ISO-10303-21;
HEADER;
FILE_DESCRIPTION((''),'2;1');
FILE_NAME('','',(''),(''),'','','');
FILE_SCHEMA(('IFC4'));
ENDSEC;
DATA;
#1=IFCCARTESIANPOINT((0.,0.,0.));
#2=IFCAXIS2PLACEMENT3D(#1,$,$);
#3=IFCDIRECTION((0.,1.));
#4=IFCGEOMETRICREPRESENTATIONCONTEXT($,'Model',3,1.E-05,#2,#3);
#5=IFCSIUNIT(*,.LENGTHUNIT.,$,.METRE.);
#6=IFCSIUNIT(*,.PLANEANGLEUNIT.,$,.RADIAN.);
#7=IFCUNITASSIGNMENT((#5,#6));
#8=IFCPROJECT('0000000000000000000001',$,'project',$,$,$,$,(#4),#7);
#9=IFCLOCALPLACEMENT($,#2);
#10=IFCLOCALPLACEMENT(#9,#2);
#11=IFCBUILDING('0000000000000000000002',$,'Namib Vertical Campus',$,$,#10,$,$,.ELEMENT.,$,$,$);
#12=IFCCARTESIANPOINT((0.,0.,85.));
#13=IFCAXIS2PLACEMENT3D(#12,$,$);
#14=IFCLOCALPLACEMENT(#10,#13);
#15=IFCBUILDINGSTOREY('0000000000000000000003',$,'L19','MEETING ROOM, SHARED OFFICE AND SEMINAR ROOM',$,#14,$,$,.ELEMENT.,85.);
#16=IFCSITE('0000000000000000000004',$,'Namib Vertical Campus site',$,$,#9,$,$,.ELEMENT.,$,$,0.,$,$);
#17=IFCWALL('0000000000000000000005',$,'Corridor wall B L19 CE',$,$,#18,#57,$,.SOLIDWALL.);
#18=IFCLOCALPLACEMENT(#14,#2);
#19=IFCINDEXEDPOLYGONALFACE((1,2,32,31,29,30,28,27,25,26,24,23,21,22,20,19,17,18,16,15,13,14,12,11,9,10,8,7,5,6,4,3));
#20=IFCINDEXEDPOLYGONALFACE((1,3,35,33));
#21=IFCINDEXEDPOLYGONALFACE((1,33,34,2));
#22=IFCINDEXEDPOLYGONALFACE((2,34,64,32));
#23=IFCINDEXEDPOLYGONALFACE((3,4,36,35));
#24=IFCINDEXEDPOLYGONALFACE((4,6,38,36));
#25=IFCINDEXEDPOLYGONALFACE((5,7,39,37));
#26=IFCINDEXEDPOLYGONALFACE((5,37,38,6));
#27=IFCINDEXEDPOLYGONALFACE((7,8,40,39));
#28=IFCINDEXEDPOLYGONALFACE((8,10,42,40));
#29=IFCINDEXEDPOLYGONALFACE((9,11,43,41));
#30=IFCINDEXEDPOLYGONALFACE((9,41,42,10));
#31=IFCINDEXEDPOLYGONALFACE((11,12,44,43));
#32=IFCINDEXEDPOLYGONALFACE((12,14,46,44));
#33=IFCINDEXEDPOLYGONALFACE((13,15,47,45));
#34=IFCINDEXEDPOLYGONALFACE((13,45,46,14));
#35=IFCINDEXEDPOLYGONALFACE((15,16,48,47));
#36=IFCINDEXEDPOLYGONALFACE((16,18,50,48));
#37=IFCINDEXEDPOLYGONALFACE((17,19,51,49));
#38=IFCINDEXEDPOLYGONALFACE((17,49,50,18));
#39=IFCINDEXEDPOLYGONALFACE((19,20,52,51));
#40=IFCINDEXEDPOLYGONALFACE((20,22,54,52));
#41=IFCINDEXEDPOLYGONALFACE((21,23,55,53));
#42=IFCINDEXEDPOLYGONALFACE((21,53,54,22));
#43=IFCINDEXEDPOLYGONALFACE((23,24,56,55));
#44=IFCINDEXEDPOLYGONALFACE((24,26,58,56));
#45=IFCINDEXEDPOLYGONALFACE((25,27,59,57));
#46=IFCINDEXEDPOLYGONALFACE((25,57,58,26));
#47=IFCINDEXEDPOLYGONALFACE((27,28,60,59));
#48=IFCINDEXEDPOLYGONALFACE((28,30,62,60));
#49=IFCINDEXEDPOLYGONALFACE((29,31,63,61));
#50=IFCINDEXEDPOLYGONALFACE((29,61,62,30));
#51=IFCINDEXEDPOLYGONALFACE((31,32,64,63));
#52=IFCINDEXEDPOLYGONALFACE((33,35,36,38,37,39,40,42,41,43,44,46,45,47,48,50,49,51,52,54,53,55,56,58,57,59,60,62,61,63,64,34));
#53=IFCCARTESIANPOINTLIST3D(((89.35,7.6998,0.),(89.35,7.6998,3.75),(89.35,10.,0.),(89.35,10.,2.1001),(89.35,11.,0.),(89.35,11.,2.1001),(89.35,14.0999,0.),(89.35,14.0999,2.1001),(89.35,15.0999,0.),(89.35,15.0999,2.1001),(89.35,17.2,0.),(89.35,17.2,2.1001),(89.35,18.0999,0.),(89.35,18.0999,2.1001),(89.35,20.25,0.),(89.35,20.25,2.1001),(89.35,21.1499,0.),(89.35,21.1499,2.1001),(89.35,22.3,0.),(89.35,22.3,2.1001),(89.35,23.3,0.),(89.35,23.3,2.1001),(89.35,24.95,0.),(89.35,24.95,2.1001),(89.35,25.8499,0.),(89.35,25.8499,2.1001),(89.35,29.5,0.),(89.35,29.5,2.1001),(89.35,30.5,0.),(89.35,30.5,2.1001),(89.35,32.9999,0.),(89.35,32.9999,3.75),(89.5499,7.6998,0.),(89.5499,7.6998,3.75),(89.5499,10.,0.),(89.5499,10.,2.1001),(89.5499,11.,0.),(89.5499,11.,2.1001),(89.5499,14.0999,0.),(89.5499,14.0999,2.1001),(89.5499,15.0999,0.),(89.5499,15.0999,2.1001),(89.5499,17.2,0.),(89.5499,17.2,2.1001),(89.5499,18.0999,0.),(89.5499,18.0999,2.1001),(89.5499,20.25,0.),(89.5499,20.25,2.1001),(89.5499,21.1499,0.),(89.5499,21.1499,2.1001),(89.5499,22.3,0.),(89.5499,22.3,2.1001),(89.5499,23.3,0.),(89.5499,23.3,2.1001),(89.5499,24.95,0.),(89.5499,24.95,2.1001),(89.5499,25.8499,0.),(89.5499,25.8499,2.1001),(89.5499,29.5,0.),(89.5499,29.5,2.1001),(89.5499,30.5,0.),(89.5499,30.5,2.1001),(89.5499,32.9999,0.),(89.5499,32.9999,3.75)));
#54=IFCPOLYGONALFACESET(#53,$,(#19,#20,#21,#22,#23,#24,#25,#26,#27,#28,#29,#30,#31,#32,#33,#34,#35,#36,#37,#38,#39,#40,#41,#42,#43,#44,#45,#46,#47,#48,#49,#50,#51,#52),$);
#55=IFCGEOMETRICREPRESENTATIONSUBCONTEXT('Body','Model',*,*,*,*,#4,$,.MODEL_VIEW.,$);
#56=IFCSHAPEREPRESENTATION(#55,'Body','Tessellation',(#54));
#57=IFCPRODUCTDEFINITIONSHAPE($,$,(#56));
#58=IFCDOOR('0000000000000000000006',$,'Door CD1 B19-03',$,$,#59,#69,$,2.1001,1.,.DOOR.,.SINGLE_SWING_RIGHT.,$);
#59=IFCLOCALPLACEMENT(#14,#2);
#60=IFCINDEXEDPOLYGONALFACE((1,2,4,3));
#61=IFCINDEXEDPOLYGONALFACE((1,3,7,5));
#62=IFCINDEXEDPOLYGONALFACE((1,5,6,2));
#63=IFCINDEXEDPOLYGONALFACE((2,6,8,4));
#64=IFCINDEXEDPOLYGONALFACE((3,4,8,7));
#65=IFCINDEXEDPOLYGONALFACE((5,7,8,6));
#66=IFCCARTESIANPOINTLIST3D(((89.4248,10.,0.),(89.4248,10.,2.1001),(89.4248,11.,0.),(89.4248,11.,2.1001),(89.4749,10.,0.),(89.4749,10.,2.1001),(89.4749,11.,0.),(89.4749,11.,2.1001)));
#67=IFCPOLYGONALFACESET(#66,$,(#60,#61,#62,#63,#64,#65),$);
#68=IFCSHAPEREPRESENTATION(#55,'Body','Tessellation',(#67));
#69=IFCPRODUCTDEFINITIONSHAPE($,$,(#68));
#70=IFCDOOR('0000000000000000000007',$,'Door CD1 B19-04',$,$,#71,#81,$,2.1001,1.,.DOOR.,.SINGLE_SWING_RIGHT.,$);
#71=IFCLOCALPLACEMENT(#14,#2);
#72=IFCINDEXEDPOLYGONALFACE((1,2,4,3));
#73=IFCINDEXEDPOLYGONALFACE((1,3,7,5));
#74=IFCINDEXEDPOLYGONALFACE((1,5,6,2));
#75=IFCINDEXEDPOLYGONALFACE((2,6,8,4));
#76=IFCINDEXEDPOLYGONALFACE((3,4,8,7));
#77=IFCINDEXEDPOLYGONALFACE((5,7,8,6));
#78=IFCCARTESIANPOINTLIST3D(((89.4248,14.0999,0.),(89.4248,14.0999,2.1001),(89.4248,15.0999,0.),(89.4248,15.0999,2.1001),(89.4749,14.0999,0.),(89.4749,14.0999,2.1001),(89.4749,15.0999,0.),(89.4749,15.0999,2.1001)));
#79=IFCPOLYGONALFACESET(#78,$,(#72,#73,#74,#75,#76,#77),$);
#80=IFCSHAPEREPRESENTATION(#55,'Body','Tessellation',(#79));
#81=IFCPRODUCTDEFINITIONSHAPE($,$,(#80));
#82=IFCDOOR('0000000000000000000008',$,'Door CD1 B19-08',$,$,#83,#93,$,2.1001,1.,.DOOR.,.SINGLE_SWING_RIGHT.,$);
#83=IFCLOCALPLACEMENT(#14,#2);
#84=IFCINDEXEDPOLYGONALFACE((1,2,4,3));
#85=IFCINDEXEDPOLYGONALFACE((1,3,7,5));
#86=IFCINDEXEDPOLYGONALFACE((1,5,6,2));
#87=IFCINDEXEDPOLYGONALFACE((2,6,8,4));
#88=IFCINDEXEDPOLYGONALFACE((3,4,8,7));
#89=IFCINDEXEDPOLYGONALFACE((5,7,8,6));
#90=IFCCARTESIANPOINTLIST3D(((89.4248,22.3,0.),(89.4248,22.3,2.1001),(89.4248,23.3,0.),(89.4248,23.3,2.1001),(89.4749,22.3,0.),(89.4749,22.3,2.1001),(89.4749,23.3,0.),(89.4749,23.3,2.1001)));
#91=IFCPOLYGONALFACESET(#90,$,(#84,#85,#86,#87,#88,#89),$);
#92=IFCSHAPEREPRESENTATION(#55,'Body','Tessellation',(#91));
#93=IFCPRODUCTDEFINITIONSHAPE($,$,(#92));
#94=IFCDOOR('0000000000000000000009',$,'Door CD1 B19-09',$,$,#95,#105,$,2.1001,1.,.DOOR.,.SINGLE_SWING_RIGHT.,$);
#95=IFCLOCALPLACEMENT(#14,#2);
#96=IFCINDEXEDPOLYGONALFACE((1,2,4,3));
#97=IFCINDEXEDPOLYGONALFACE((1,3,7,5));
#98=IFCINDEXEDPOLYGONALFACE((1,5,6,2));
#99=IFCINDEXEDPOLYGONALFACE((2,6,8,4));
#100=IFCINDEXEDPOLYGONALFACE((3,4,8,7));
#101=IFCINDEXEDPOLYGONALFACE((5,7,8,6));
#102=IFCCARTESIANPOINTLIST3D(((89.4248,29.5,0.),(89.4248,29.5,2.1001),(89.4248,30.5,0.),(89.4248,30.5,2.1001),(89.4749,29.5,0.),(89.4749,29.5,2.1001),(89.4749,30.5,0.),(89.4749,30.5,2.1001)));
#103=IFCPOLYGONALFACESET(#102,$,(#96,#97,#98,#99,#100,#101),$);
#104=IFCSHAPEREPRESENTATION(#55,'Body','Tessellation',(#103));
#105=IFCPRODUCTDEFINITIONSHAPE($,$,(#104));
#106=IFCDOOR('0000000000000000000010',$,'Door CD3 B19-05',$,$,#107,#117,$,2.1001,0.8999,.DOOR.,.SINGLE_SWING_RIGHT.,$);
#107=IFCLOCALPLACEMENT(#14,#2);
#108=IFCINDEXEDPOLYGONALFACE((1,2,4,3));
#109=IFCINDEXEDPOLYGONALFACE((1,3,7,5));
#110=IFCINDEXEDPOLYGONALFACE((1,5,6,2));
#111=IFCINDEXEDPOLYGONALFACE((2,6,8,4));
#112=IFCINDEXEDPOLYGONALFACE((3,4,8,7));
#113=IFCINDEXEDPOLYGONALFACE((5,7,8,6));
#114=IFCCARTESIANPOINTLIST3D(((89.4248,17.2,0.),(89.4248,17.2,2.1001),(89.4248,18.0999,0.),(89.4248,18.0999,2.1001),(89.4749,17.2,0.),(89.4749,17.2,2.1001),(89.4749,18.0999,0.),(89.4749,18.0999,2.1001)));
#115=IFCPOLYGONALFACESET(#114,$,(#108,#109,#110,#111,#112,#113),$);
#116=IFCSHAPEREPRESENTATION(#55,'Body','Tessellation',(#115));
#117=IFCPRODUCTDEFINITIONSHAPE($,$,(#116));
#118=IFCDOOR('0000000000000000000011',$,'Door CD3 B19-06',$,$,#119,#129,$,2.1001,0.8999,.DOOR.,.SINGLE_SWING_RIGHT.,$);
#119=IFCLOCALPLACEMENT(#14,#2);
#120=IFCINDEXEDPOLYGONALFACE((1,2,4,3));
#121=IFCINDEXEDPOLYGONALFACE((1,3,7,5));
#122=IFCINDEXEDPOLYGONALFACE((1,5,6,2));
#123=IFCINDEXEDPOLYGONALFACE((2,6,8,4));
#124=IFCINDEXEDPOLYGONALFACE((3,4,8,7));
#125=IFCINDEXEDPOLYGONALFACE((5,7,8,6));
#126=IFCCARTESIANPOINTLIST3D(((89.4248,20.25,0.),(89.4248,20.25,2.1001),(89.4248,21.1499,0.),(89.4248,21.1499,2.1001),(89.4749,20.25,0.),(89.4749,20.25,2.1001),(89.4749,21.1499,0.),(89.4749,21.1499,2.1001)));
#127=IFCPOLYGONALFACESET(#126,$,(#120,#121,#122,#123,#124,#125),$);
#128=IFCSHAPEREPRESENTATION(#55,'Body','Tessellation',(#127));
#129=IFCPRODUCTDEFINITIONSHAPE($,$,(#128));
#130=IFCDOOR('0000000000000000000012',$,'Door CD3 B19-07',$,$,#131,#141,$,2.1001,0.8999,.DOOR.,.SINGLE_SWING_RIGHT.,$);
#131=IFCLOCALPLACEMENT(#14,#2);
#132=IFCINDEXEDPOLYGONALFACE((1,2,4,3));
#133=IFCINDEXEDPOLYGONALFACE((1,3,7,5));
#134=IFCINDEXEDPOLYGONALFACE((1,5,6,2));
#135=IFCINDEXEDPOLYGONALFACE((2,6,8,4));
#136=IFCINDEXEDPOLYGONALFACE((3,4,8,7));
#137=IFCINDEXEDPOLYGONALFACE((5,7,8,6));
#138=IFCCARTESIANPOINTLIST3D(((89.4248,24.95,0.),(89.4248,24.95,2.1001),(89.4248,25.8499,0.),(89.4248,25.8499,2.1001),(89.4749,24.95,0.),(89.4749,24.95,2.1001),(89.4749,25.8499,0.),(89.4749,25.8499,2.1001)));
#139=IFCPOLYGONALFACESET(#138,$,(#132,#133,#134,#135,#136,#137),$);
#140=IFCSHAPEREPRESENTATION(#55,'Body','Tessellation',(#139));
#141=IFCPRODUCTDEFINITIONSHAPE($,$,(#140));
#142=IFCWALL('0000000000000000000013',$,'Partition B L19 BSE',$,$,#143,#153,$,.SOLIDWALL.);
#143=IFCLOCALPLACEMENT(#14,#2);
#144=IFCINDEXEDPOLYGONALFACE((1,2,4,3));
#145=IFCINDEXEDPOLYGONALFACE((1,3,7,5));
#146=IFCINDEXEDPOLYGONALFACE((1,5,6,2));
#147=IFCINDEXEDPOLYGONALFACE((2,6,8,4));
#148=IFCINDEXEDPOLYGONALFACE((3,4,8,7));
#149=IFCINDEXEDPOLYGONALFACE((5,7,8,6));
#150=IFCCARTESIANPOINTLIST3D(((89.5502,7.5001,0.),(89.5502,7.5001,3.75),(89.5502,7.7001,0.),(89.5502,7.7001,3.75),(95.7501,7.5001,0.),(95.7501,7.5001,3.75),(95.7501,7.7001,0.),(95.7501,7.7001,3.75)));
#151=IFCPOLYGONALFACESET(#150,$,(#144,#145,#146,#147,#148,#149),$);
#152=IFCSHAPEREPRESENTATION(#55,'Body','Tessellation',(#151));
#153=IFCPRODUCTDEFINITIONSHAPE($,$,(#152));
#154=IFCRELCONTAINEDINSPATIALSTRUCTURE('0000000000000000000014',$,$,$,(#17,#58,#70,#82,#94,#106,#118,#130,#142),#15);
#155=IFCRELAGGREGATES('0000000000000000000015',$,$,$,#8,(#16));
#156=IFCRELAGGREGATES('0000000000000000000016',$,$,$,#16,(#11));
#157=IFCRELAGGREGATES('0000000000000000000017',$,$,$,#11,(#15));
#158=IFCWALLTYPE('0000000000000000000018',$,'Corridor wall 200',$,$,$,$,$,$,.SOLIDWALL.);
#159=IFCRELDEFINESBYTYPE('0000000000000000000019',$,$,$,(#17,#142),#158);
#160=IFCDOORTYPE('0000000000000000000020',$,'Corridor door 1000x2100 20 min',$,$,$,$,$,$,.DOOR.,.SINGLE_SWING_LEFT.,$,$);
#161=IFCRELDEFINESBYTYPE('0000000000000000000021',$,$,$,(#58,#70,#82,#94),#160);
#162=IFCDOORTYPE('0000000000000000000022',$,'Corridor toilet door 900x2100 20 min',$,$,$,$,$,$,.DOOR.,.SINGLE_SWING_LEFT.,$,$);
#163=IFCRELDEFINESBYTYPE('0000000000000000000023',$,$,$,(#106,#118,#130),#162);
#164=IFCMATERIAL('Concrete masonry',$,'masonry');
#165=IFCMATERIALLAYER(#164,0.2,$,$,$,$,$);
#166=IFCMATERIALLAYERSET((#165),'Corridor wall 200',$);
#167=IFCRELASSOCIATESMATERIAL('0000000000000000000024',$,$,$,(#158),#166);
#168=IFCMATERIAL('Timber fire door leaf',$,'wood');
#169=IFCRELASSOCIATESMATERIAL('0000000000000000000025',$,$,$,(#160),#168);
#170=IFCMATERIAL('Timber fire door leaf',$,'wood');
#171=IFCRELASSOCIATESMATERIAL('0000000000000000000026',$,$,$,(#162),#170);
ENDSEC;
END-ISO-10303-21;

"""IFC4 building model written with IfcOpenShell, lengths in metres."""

from ifc_helpers import new_model, si_unit, direction, frame, frame_2d, origin, place, context, subcontext, project, spatial, rectangle, extrude, material, layer, layer_set, type_object, element, fill, save


model = new_model("IFC4")

# Units and contexts
model_context = context("Model", 3, precision=1e-05, world=origin(), true_north=direction((0.0, 1.0)))
body_context = subcontext(model_context, "Body", "Model", "MODEL_VIEW")
ifc_project = project(units=[si_unit("LENGTHUNIT", "METRE"), si_unit("PLANEANGLEUNIT", "RADIAN")], contexts=[model_context])

# Site, building, storey
site_placement = place(None, origin())
site = spatial("IfcSite", under=ifc_project, at=site_placement, Name="Namib Vertical Campus site", CompositionType="ELEMENT", RefElevation=0.0)
building_placement = place(site_placement, origin())
building = spatial("IfcBuilding", under=site, at=building_placement, Name="Namib Vertical Campus", CompositionType="ELEMENT")
storey_placement = place(building_placement, frame((0.0, 0.0, 85.0)))
storey = spatial("IfcBuildingStorey", under=building, at=storey_placement, Name="L19", Description="MEETING ROOM, SHARED OFFICE AND SEMINAR ROOM", CompositionType="ELEMENT", Elevation=85.0)

# Wall, openings, doors
ifc_material_1 = material(Name="Concrete masonry", Category="masonry")
ifc_layer_1 = layer(ifc_material_1, 0.2)
ifc_layer_set_1 = layer_set([ifc_layer_1], Name="Corridor wall 200")
wall_type_1 = type_object("IfcWallType", Name="Corridor wall 200", PredefinedType="SOLIDWALL", material=ifc_layer_set_1)
wall_1_placement = place(storey_placement, frame((89.45, 7.7, 0.0), z_axis=(0.0, 0.0, 1.0), x_axis=(0.0, 1.0, 0.0)))
wall_1 = element("IfcWall", 1, at=wall_1_placement, inside=storey, type_object=wall_type_1, Name="Corridor wall B L19 CE", PredefinedType="SOLIDWALL", context=body_context, shape_type="SweptSolid", body=[
    extrude(rectangle(XDim=25.3, YDim=0.2, at=frame_2d((12.6499, 0.0))), origin(), (0.0, 0.0, 1.0), 3.75),
])
opening_1_placement = place(wall_1_placement, frame((2.3, 0.0, 0.0)))
opening_1 = element("IfcOpeningElement", 2, at=opening_1_placement, cuts=wall_1, PredefinedType="OPENING", context=body_context, shape_type="SweptSolid", body=[
    extrude(rectangle(XDim=1.0, YDim=2.1001, at=frame_2d((0.5, 1.05))), frame((0.0, 0.1099, 0.0), z_axis=(0.0, -1.0, 0.0), x_axis=(1.0, 0.0, 0.0)), (0.0, 0.0, 1.0), 0.22),
])
opening_2_placement = place(wall_1_placement, frame((6.3999, 0.0, 0.0)))
opening_2 = element("IfcOpeningElement", 3, at=opening_2_placement, cuts=wall_1, PredefinedType="OPENING", context=body_context, shape_type="SweptSolid", body=[
    extrude(rectangle(XDim=1.0, YDim=2.1001, at=frame_2d((0.5, 1.05))), frame((0.0, 0.1099, 0.0), z_axis=(0.0, -1.0, 0.0), x_axis=(1.0, 0.0, 0.0)), (0.0, 0.0, 1.0), 0.22),
])
opening_3_placement = place(wall_1_placement, frame((9.5, 0.0, 0.0)))
opening_3 = element("IfcOpeningElement", 4, at=opening_3_placement, cuts=wall_1, PredefinedType="OPENING", context=body_context, shape_type="SweptSolid", body=[
    extrude(rectangle(XDim=0.8999, YDim=2.1001, at=frame_2d((0.45, 1.05))), frame((0.0, 0.1099, 0.0), z_axis=(0.0, -1.0, 0.0), x_axis=(1.0, 0.0, 0.0)), (0.0, 0.0, 1.0), 0.22),
])
opening_4_placement = place(wall_1_placement, frame((12.55, 0.0, 0.0)))
opening_4 = element("IfcOpeningElement", 5, at=opening_4_placement, cuts=wall_1, PredefinedType="OPENING", context=body_context, shape_type="SweptSolid", body=[
    extrude(rectangle(XDim=0.8999, YDim=2.1001, at=frame_2d((0.45, 1.05))), frame((0.0, 0.1099, 0.0), z_axis=(0.0, -1.0, 0.0), x_axis=(1.0, 0.0, 0.0)), (0.0, 0.0, 1.0), 0.22),
])
opening_5_placement = place(wall_1_placement, frame((17.25, 0.0, 0.0)))
opening_5 = element("IfcOpeningElement", 6, at=opening_5_placement, cuts=wall_1, PredefinedType="OPENING", context=body_context, shape_type="SweptSolid", body=[
    extrude(rectangle(XDim=0.8999, YDim=2.1001, at=frame_2d((0.45, 1.05))), frame((0.0, 0.1099, 0.0), z_axis=(0.0, -1.0, 0.0), x_axis=(1.0, 0.0, 0.0)), (0.0, 0.0, 1.0), 0.22),
])
opening_6_placement = place(wall_1_placement, frame((14.6001, 0.0, 0.0)))
opening_6 = element("IfcOpeningElement", 7, at=opening_6_placement, cuts=wall_1, PredefinedType="OPENING", context=body_context, shape_type="SweptSolid", body=[
    extrude(rectangle(XDim=1.0, YDim=2.1001, at=frame_2d((0.5, 1.05))), frame((0.0, 0.1099, 0.0), z_axis=(0.0, -1.0, 0.0), x_axis=(1.0, 0.0, 0.0)), (0.0, 0.0, 1.0), 0.22),
])
opening_7_placement = place(wall_1_placement, frame((21.8, 0.0, 0.0)))
opening_7 = element("IfcOpeningElement", 8, at=opening_7_placement, cuts=wall_1, PredefinedType="OPENING", context=body_context, shape_type="SweptSolid", body=[
    extrude(rectangle(XDim=1.0, YDim=2.1001, at=frame_2d((0.5, 1.05))), frame((0.0, 0.1099, 0.0), z_axis=(0.0, -1.0, 0.0), x_axis=(1.0, 0.0, 0.0)), (0.0, 0.0, 1.0), 0.22),
])
ifc_material_2 = material(Name="Timber fire door leaf", Category="wood")
door_type_1 = type_object("IfcDoorType", Name="Corridor door 1000x2100 20 min", OperationType="SINGLE_SWING_LEFT", PredefinedType="DOOR", material=ifc_material_2)
door_1_placement = place(opening_1_placement, frame((1.0, 0.0, 0.0), z_axis=(0.0, 0.0, 1.0), x_axis=(-1.0, 0.0, 0.0)))
door_1 = element("IfcDoor", 9, at=door_1_placement, inside=storey, type_object=door_type_1, Name="Door CD1 B19-03", OperationType="SINGLE_SWING_RIGHT", OverallHeight=2.1001, OverallWidth=1.0, PredefinedType="DOOR", context=body_context, shape_type="SweptSolid", body=[
    extrude(rectangle(XDim=1.0, YDim=2.1001, at=frame_2d((0.5, 1.05))), frame((0.0, 0.0249, 0.0), z_axis=(0.0, -1.0, 0.0), x_axis=(1.0, 0.0, 0.0)), (0.0, 0.0, 1.0), 0.05),
])
fill(opening_1, door_1)
door_2_placement = place(opening_2_placement, frame((1.0, 0.0, 0.0), z_axis=(0.0, 0.0, 1.0), x_axis=(-1.0, 0.0, 0.0)))
door_2 = element("IfcDoor", 10, at=door_2_placement, inside=storey, type_object=door_type_1, Name="Door CD1 B19-04", OperationType="SINGLE_SWING_RIGHT", OverallHeight=2.1001, OverallWidth=1.0, PredefinedType="DOOR", context=body_context, shape_type="SweptSolid", body=[
    extrude(rectangle(XDim=1.0, YDim=2.1001, at=frame_2d((0.5, 1.05))), frame((0.0, 0.0249, 0.0), z_axis=(0.0, -1.0, 0.0), x_axis=(1.0, 0.0, 0.0)), (0.0, 0.0, 1.0), 0.05),
])
fill(opening_2, door_2)
door_3_placement = place(opening_6_placement, frame((1.0, 0.0, 0.0), z_axis=(0.0, 0.0, 1.0), x_axis=(-1.0, 0.0, 0.0)))
door_3 = element("IfcDoor", 11, at=door_3_placement, inside=storey, type_object=door_type_1, Name="Door CD1 B19-08", OperationType="SINGLE_SWING_RIGHT", OverallHeight=2.1001, OverallWidth=1.0, PredefinedType="DOOR", context=body_context, shape_type="SweptSolid", body=[
    extrude(rectangle(XDim=1.0, YDim=2.1001, at=frame_2d((0.5, 1.05))), frame((0.0, 0.0249, 0.0), z_axis=(0.0, -1.0, 0.0), x_axis=(1.0, 0.0, 0.0)), (0.0, 0.0, 1.0), 0.05),
])
fill(opening_6, door_3)
door_4_placement = place(opening_7_placement, frame((1.0, 0.0, 0.0), z_axis=(0.0, 0.0, 1.0), x_axis=(-1.0, 0.0, 0.0)))
door_4 = element("IfcDoor", 12, at=door_4_placement, inside=storey, type_object=door_type_1, Name="Door CD1 B19-09", OperationType="SINGLE_SWING_RIGHT", OverallHeight=2.1001, OverallWidth=1.0, PredefinedType="DOOR", context=body_context, shape_type="SweptSolid", body=[
    extrude(rectangle(XDim=1.0, YDim=2.1001, at=frame_2d((0.5, 1.05))), frame((0.0, 0.0249, 0.0), z_axis=(0.0, -1.0, 0.0), x_axis=(1.0, 0.0, 0.0)), (0.0, 0.0, 1.0), 0.05),
])
fill(opening_7, door_4)
ifc_material_3 = material(Name="Timber fire door leaf", Category="wood")
door_type_2 = type_object("IfcDoorType", Name="Corridor toilet door 900x2100 20 min", OperationType="SINGLE_SWING_LEFT", PredefinedType="DOOR", material=ifc_material_3)
door_5_placement = place(opening_3_placement, frame((0.8999, 0.0, 0.0), z_axis=(0.0, 0.0, 1.0), x_axis=(-1.0, 0.0, 0.0)))
door_5 = element("IfcDoor", 13, at=door_5_placement, inside=storey, type_object=door_type_2, Name="Door CD3 B19-05", OperationType="SINGLE_SWING_RIGHT", OverallHeight=2.1001, OverallWidth=0.8999, PredefinedType="DOOR", context=body_context, shape_type="SweptSolid", body=[
    extrude(rectangle(XDim=0.8999, YDim=2.1001, at=frame_2d((0.45, 1.05))), frame((0.0, 0.0249, 0.0), z_axis=(0.0, -1.0, 0.0), x_axis=(1.0, 0.0, 0.0)), (0.0, 0.0, 1.0), 0.05),
])
fill(opening_3, door_5)
door_6_placement = place(opening_4_placement, frame((0.8999, 0.0, 0.0), z_axis=(0.0, 0.0, 1.0), x_axis=(-1.0, 0.0, 0.0)))
door_6 = element("IfcDoor", 14, at=door_6_placement, inside=storey, type_object=door_type_2, Name="Door CD3 B19-06", OperationType="SINGLE_SWING_RIGHT", OverallHeight=2.1001, OverallWidth=0.8999, PredefinedType="DOOR", context=body_context, shape_type="SweptSolid", body=[
    extrude(rectangle(XDim=0.8999, YDim=2.1001, at=frame_2d((0.45, 1.05))), frame((0.0, 0.0249, 0.0), z_axis=(0.0, -1.0, 0.0), x_axis=(1.0, 0.0, 0.0)), (0.0, 0.0, 1.0), 0.05),
])
fill(opening_4, door_6)
door_7_placement = place(opening_5_placement, frame((0.8999, 0.0, 0.0), z_axis=(0.0, 0.0, 1.0), x_axis=(-1.0, 0.0, 0.0)))
door_7 = element("IfcDoor", 15, at=door_7_placement, inside=storey, type_object=door_type_2, Name="Door CD3 B19-07", OperationType="SINGLE_SWING_RIGHT", OverallHeight=2.1001, OverallWidth=0.8999, PredefinedType="DOOR", context=body_context, shape_type="SweptSolid", body=[
    extrude(rectangle(XDim=0.8999, YDim=2.1001, at=frame_2d((0.45, 1.05))), frame((0.0, 0.0249, 0.0), z_axis=(0.0, -1.0, 0.0), x_axis=(1.0, 0.0, 0.0)), (0.0, 0.0, 1.0), 0.05),
])
fill(opening_5, door_7)

# Wall
wall_2_placement = place(storey_placement, frame((89.55, 7.6001, 0.0), z_axis=(0.0, 0.0, 1.0), x_axis=(1.0, 0.0, 0.0)))
element("IfcWall", 16, at=wall_2_placement, inside=storey, type_object=wall_type_1, Name="Partition B L19 BSE", PredefinedType="SOLIDWALL", context=body_context, shape_type="SweptSolid", body=[
    extrude(rectangle(XDim=6.2, YDim=0.2, at=frame_2d((3.1001, 0.0))), origin(), (0.0, 0.0, 1.0), 3.75),
])

save(model, "model.ifc")
